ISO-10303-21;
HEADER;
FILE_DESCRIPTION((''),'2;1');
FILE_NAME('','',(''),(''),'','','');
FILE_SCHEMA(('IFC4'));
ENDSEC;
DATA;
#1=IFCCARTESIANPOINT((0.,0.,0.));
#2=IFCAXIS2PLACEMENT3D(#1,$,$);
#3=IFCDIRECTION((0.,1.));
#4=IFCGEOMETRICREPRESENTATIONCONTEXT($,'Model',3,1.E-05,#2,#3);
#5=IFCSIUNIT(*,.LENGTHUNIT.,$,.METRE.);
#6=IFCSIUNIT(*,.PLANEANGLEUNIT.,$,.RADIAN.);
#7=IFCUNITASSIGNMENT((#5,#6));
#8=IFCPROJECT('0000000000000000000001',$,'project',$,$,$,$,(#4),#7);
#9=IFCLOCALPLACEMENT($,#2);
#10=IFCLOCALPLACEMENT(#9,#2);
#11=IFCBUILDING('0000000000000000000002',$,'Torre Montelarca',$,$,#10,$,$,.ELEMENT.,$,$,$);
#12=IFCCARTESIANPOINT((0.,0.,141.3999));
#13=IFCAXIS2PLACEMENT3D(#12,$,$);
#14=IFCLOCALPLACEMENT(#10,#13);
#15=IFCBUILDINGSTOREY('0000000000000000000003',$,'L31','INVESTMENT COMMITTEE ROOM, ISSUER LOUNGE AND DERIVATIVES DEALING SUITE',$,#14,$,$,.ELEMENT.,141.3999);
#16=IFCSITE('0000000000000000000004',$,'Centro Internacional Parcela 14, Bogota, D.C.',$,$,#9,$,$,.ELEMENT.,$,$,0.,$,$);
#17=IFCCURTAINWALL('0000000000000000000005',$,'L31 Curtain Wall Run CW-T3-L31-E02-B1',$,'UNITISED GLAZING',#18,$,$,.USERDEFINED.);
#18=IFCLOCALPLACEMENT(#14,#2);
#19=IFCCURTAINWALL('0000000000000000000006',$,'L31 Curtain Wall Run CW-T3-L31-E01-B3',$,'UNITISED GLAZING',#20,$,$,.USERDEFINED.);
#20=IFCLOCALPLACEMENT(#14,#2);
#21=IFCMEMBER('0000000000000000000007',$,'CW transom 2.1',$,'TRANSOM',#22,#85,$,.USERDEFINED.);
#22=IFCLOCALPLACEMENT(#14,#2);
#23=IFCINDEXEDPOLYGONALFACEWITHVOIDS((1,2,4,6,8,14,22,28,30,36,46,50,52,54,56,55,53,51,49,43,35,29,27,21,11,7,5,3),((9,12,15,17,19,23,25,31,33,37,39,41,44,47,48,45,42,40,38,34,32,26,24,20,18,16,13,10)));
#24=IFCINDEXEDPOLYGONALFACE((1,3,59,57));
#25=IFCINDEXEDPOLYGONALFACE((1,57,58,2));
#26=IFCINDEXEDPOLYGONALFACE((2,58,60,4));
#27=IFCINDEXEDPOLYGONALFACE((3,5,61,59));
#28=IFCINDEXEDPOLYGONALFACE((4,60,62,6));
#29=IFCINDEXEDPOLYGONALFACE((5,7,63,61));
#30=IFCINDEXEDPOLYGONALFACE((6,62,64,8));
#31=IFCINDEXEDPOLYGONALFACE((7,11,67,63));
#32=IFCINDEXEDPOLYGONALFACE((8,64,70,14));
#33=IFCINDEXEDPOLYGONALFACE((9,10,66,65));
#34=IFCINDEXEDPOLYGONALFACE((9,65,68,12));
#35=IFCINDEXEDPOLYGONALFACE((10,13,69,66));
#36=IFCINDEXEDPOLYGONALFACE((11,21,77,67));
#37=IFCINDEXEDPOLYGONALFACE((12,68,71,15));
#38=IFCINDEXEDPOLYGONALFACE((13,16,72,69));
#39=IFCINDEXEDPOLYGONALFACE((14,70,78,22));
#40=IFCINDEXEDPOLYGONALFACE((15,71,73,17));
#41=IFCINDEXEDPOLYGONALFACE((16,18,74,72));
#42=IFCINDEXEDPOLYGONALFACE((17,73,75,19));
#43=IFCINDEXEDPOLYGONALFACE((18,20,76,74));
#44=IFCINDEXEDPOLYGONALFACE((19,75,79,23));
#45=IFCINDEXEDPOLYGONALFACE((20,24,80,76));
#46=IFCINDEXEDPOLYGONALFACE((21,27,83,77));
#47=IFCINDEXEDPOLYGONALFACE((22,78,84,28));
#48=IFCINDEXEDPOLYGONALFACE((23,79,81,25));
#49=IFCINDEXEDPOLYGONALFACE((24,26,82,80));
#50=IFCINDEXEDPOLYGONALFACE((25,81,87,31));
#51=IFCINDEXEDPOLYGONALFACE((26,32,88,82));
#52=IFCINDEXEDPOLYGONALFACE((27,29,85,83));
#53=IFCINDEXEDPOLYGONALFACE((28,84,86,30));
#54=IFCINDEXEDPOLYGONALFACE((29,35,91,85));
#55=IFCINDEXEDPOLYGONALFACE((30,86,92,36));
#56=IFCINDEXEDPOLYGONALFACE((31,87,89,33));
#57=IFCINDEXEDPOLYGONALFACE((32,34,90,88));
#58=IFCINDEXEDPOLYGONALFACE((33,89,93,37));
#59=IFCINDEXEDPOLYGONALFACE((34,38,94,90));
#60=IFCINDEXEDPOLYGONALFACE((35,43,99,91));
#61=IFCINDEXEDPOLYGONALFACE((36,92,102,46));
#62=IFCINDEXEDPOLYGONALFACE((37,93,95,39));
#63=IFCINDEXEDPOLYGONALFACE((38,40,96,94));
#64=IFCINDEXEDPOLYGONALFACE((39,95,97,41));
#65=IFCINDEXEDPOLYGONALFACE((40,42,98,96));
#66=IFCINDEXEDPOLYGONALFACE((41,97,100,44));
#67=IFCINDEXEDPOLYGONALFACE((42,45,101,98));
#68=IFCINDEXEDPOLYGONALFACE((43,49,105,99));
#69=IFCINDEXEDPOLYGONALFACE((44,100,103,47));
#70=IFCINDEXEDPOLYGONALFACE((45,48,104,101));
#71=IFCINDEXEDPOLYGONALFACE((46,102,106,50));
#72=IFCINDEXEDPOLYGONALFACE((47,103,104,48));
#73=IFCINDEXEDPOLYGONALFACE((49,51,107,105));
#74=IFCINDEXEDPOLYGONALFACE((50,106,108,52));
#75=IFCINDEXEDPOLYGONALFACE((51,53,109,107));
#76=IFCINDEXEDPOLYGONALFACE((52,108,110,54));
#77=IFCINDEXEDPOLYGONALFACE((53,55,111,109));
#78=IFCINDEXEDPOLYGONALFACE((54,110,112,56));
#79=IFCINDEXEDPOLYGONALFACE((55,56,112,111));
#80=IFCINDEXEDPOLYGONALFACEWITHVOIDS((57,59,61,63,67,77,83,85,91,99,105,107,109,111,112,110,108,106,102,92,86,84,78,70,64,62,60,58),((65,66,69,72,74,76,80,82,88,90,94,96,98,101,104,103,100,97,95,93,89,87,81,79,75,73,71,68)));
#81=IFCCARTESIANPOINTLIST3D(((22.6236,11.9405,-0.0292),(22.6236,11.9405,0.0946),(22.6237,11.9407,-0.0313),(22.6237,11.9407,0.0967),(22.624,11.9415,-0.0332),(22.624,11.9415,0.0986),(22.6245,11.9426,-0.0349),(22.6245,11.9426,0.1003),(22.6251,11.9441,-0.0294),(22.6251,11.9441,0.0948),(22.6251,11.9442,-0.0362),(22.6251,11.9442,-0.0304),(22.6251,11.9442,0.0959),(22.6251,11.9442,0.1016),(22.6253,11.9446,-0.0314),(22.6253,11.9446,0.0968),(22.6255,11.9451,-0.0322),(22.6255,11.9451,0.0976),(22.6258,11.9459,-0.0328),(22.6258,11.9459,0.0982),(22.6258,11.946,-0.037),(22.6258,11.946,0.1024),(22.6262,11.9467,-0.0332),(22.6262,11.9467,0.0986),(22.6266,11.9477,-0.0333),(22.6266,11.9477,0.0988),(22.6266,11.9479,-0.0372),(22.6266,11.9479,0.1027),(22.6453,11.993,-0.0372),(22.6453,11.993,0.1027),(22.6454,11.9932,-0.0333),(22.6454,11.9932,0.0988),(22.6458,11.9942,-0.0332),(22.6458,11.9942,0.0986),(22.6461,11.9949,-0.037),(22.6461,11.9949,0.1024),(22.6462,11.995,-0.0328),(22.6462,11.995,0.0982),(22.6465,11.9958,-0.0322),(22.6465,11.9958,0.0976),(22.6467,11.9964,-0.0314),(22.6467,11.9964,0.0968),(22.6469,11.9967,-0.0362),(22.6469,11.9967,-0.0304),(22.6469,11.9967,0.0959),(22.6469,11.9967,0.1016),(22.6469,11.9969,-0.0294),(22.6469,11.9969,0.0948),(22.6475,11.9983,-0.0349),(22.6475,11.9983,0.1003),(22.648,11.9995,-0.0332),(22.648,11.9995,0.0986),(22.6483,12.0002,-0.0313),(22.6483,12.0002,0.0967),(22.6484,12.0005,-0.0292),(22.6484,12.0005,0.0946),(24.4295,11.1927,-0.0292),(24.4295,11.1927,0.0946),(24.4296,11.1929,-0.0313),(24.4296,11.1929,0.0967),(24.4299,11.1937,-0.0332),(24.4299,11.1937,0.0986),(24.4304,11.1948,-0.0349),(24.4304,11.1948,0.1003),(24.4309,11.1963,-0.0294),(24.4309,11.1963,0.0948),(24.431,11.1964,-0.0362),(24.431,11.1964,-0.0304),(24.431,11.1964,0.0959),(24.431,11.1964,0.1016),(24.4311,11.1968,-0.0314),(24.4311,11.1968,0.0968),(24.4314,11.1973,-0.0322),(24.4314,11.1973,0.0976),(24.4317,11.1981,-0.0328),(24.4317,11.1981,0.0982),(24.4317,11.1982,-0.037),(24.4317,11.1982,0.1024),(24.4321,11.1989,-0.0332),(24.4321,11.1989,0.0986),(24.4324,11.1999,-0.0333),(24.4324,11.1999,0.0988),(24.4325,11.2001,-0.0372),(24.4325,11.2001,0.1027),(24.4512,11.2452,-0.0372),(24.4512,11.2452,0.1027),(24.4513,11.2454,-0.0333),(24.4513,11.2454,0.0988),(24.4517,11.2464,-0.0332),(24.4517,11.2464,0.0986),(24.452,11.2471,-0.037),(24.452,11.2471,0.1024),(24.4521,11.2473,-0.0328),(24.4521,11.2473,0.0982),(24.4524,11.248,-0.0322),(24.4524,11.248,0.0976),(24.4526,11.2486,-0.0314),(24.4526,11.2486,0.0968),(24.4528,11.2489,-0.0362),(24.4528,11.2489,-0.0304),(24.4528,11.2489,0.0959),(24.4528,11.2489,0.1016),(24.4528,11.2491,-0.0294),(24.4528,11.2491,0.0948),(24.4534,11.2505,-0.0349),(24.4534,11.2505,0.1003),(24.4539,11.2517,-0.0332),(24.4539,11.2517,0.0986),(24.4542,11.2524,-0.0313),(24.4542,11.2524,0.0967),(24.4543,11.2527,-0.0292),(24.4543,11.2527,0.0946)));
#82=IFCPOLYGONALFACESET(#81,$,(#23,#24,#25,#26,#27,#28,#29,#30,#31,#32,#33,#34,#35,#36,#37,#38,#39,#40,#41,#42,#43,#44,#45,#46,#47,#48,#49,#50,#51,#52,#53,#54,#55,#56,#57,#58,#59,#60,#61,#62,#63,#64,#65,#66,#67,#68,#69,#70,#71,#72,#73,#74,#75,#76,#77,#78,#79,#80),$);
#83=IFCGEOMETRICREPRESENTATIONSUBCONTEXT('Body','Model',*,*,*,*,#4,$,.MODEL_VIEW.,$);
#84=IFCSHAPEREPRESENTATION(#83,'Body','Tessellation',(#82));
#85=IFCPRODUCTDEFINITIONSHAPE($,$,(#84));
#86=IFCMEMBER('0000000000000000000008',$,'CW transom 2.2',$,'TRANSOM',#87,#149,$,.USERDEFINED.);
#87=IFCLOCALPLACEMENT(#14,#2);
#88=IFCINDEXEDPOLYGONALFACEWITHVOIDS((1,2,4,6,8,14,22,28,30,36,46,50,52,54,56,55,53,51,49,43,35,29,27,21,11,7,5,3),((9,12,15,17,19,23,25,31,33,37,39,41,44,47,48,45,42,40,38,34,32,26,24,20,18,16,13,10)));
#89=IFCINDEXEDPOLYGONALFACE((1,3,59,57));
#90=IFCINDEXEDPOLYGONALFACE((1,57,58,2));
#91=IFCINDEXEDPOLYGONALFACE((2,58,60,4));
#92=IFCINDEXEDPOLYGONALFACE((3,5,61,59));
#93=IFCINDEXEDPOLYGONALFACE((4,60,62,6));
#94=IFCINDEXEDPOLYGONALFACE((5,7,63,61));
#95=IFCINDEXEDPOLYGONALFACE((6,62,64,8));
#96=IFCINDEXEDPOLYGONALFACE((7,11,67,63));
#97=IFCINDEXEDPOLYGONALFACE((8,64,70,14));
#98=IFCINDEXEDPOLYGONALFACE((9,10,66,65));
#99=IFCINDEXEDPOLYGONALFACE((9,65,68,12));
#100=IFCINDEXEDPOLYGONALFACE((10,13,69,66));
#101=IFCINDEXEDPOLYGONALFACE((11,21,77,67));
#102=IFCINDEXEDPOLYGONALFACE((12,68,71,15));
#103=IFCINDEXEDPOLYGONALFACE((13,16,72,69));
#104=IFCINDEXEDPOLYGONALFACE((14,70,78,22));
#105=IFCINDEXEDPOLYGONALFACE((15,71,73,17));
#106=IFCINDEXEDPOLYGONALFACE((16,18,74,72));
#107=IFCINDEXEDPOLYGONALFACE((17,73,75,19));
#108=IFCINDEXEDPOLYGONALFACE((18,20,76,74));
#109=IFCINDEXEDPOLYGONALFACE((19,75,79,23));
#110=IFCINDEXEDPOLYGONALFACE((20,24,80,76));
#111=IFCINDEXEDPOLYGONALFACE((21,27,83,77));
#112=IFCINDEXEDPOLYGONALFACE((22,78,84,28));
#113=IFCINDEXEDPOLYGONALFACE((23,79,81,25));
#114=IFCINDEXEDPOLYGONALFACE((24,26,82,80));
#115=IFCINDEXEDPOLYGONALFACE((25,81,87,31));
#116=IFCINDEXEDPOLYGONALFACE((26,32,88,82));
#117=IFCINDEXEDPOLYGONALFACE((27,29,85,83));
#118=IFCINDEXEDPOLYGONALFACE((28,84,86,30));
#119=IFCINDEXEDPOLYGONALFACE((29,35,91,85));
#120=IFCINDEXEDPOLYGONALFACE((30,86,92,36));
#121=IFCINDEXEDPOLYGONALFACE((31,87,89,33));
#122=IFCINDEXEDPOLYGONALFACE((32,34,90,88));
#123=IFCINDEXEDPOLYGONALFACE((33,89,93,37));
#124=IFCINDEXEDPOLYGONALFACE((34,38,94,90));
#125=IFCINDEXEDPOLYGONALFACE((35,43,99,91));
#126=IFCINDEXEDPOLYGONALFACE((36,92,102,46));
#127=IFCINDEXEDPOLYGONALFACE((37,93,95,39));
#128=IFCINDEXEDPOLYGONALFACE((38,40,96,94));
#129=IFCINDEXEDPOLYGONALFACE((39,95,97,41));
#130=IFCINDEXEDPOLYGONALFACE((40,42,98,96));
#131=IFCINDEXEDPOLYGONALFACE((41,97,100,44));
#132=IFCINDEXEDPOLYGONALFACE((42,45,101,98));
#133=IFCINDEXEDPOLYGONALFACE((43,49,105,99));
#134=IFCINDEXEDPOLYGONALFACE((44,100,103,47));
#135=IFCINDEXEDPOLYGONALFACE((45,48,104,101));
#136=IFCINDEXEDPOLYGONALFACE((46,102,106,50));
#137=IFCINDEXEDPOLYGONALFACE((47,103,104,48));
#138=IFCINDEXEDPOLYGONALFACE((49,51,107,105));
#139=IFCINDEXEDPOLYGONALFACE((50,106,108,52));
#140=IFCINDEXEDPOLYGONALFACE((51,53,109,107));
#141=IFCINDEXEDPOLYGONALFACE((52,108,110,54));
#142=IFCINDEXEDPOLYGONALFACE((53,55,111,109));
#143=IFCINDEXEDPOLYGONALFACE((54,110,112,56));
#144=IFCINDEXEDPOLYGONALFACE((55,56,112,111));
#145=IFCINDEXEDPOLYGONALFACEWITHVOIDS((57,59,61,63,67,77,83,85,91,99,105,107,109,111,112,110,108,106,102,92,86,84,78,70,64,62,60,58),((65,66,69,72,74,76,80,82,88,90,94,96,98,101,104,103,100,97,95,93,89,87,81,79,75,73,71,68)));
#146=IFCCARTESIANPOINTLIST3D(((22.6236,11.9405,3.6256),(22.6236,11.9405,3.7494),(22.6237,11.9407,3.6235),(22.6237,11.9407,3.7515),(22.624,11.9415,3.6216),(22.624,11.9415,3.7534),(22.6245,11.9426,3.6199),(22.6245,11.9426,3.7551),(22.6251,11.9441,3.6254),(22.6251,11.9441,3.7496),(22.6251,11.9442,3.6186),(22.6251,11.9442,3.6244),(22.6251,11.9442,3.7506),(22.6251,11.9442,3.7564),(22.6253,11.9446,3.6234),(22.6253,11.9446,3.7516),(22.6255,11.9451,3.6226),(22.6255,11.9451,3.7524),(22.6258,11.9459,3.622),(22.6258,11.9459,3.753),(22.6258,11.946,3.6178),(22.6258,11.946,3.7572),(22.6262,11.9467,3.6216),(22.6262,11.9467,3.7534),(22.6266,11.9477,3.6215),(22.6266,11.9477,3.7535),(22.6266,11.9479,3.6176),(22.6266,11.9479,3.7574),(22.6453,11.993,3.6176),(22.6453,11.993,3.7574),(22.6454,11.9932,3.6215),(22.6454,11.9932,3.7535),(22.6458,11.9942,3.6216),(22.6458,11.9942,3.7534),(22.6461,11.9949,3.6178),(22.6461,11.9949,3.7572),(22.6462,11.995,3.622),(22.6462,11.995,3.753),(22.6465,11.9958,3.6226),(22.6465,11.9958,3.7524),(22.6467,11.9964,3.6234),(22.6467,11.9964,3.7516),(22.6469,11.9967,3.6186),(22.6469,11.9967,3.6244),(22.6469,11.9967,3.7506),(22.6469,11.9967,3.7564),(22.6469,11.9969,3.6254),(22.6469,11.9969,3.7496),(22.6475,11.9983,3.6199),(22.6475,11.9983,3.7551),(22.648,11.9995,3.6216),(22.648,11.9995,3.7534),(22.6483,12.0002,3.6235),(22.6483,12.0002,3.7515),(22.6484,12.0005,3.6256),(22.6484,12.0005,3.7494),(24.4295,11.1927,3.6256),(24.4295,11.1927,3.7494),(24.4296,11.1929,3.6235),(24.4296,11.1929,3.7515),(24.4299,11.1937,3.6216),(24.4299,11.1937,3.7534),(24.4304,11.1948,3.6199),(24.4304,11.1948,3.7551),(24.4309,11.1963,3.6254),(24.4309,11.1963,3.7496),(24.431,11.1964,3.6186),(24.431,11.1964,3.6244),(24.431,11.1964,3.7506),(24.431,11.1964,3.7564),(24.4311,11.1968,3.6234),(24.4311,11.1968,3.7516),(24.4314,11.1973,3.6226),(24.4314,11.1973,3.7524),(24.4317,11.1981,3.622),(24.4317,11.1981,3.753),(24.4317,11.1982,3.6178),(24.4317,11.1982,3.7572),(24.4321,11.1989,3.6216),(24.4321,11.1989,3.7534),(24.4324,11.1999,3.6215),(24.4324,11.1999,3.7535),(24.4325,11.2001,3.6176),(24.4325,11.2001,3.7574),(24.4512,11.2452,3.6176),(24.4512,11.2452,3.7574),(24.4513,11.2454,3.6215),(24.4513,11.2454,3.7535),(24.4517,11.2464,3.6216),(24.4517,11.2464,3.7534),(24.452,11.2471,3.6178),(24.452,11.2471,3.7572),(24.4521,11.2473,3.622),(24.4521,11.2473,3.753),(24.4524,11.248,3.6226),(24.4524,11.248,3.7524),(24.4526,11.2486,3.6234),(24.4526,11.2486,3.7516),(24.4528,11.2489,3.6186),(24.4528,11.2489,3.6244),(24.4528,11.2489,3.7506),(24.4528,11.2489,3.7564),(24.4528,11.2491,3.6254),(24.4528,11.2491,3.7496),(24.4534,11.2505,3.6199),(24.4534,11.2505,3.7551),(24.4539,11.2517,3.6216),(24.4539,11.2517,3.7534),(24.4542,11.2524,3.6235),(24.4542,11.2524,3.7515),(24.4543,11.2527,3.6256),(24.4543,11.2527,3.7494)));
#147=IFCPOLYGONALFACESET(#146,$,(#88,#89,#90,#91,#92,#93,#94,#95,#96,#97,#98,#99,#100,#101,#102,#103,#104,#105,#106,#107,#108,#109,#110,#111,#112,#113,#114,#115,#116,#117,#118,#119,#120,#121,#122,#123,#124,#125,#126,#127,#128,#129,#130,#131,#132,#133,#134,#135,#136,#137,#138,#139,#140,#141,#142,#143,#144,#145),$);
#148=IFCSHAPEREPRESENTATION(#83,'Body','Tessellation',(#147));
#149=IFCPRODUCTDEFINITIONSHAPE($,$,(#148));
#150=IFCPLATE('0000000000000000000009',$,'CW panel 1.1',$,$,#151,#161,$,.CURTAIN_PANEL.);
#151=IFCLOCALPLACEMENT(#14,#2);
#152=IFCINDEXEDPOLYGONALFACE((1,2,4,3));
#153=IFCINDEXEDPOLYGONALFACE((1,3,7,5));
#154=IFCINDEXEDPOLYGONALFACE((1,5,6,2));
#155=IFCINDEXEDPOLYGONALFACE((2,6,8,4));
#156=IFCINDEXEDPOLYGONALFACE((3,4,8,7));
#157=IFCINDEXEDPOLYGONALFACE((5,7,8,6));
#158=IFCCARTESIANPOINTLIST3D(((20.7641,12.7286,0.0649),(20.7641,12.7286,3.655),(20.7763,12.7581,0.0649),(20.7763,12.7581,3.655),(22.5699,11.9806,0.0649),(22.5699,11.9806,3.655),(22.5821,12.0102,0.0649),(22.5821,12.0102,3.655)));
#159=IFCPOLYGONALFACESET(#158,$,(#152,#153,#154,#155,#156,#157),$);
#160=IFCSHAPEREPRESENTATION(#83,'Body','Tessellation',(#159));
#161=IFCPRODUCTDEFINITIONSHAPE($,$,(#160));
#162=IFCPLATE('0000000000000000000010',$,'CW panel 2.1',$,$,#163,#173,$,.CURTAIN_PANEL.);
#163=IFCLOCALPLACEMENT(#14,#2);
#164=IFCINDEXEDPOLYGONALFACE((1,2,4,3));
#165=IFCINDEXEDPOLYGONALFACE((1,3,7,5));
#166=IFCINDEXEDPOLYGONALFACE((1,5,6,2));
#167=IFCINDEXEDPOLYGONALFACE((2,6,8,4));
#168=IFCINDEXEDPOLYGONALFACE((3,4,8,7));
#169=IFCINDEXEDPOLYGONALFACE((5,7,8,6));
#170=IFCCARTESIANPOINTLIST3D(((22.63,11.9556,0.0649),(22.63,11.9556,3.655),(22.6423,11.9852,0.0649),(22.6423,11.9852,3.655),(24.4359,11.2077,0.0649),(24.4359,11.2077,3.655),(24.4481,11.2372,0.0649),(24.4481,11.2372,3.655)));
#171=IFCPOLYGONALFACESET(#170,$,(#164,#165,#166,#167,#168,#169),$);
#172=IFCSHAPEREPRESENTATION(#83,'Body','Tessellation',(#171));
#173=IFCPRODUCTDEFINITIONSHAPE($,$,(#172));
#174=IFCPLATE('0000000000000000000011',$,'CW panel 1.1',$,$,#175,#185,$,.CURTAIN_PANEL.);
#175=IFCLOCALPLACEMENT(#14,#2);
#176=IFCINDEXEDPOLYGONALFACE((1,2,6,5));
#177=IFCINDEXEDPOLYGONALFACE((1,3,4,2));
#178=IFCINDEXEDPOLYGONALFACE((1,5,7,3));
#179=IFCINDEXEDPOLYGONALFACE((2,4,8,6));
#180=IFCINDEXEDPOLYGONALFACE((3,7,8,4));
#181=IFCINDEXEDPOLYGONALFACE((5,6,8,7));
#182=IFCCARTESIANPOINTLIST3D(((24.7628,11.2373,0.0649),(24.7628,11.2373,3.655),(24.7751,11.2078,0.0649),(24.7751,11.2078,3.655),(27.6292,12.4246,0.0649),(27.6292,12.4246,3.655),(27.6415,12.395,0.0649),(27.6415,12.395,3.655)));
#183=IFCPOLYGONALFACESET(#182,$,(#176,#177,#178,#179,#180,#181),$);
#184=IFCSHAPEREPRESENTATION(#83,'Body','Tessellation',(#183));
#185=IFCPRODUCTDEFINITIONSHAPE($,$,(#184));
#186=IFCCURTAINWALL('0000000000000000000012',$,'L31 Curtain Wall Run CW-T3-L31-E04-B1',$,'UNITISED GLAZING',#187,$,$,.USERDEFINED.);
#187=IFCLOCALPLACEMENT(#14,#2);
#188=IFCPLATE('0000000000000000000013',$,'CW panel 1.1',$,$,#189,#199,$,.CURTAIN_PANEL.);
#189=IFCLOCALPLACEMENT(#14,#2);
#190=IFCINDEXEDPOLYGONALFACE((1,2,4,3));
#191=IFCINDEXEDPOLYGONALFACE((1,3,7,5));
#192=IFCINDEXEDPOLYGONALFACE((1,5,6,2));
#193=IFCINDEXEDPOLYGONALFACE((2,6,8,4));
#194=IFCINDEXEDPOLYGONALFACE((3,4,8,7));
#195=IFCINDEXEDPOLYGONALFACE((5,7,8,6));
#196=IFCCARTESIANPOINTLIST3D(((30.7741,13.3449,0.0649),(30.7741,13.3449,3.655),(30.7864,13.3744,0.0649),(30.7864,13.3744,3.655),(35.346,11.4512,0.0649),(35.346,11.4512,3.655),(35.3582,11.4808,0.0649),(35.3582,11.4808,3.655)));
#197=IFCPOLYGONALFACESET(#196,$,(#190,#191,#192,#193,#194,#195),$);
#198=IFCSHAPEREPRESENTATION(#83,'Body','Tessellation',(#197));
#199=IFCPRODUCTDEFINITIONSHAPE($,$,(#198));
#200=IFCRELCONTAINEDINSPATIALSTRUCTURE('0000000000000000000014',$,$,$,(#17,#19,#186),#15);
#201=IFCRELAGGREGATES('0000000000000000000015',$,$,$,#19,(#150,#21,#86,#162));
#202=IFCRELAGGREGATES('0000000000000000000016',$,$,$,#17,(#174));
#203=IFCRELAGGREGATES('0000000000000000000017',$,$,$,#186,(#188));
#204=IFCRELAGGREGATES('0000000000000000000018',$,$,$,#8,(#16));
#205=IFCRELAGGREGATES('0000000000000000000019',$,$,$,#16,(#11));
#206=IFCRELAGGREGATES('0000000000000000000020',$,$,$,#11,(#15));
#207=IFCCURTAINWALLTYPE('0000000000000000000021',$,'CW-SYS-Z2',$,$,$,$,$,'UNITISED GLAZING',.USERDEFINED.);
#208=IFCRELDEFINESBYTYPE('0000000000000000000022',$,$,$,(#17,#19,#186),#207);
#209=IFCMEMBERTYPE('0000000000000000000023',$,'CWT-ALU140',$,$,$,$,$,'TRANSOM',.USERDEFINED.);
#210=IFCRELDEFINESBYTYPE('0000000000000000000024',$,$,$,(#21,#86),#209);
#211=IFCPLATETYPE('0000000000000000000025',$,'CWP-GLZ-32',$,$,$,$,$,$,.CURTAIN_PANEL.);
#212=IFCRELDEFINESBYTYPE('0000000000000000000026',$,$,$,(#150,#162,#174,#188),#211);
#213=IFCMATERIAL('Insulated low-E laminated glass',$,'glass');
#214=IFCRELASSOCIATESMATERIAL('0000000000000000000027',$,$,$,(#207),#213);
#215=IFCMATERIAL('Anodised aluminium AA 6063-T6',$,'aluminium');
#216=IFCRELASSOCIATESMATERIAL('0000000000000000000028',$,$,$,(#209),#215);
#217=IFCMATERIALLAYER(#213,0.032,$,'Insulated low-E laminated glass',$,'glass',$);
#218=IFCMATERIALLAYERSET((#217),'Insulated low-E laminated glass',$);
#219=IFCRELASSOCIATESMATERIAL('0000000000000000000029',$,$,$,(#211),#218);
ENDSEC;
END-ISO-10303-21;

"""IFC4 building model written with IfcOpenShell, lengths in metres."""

from ifc_helpers import new_model, si_unit, direction, frame, origin, origin_2d, place, context, subcontext, project, spatial, rectangle, hollow_rectangle, extrude, source, transform, mapped, material, layer, layer_set, material_profile, profile_set, type_object, element, aggregate, save


model = new_model("IFC4")

# Units and contexts
model_context = context("Model", 3, precision=1e-05, world=origin(), true_north=direction((0.0, 1.0)))
body_context = subcontext(model_context, "Body", "Model", "MODEL_VIEW")
ifc_project = project(units=[si_unit("LENGTHUNIT", "METRE"), si_unit("PLANEANGLEUNIT", "RADIAN")], contexts=[model_context])

# Site, building, storey
site_placement = place(None, origin())
site = spatial("IfcSite", under=ifc_project, at=site_placement, Name="Centro Internacional Parcela 14, Bogota, D.C.", CompositionType="ELEMENT", RefElevation=0.0)
building_placement = place(site_placement, origin())
building = spatial("IfcBuilding", under=site, at=building_placement, Name="Torre Montelarca", CompositionType="ELEMENT")
storey_placement = place(building_placement, frame((0.0, 0.0, 141.3999)))
storey = spatial("IfcBuildingStorey", under=building, at=storey_placement, Name="L31", Description="INVESTMENT COMMITTEE ROOM, ISSUER LOUNGE AND DERIVATIVES DEALING SUITE", CompositionType="ELEMENT", Elevation=141.3999)

# Curtain walls
ifc_material_1 = material(Name="Insulated low-E laminated glass", Category="glass")
curtain_wall_type = type_object("IfcCurtainWallType", Name="CW-SYS-Z2", ElementType="UNITISED GLAZING", PredefinedType="USERDEFINED", material=ifc_material_1)
curtain_wall_1_placement = place(storey_placement, origin())
curtain_wall_1 = element("IfcCurtainWall", 1, at=curtain_wall_1_placement, inside=storey, type_object=curtain_wall_type, Name="L31 Curtain Wall Run CW-T3-L31-E02-B1", ObjectType="UNITISED GLAZING", PredefinedType="USERDEFINED")
ifc_material_2 = material(Name="Anodised aluminium AA 6063-T6", Category="aluminium")
ifc_material_profile_1 = material_profile(ifc_material_2, hollow_rectangle(XDim=0.0649, YDim=0.1399, WallThickness=0.0039, InnerFilletRadius=0.0039, OuterFilletRadius=0.0081, at=origin_2d()), Name="ALU65X140X4", Category="aluminium")
ifc_profile_set_1 = profile_set([ifc_material_profile_1], Name="Anodised aluminium AA 6063-T6")
member_type_1 = type_object("IfcMemberType", Name="CWT-ALU140", ElementType="TRANSOM", PredefinedType="USERDEFINED", material=ifc_profile_set_1)
curtain_wall_2_placement = place(storey_placement, origin())
curtain_wall_2 = element("IfcCurtainWall", 2, at=curtain_wall_2_placement, inside=storey, type_object=curtain_wall_type, Name="L31 Curtain Wall Run CW-T3-L31-E01-B3", ObjectType="UNITISED GLAZING", PredefinedType="USERDEFINED")

# Members
shared_shape_1 = source(origin(), body_context, "Body", "SweptSolid", [
    extrude(hollow_rectangle(XDim=0.0649, YDim=0.1399, WallThickness=0.0039, InnerFilletRadius=0.0039, OuterFilletRadius=0.0081, at=origin_2d()), origin(), (0.0, 0.0, 1.0), 1.9546),
])
member_1_placement = place(storey_placement, frame((22.636, 11.9705, 0.0327), z_axis=(0.923921, -0.382583, 0.0), x_axis=(0.382583, 0.923921, 0.0)))
member_1 = element("IfcMember", 3, at=member_1_placement, type_object=member_type_1, Name="CW transom 2.1", ObjectType="TRANSOM", PredefinedType="USERDEFINED", context=body_context, shape_type="MappedRepresentation", body=[
    mapped(shared_shape_1, transform((0.0, 0.0, 0.0), scale=1.0)),
])
member_2_placement = place(storey_placement, frame((22.636, 11.9705, 3.6875), z_axis=(0.923921, -0.382583, 0.0), x_axis=(0.382583, 0.923921, 0.0)))
member_2 = element("IfcMember", 4, at=member_2_placement, type_object=member_type_1, Name="CW transom 2.2", ObjectType="TRANSOM", PredefinedType="USERDEFINED", context=body_context, shape_type="MappedRepresentation", body=[
    mapped(shared_shape_1, transform((0.0, 0.0, 0.0), scale=1.0)),
])

# Plates
ifc_layer_1 = layer(ifc_material_1, 0.032, Name="Insulated low-E laminated glass", Category="glass")
ifc_layer_set_1 = layer_set([ifc_layer_1], Name="Insulated low-E laminated glass")
plate_type = type_object("IfcPlateType", Name="CWP-GLZ-32", PredefinedType="CURTAIN_PANEL", material=ifc_layer_set_1)
shared_shape_2 = source(origin(), body_context, "Body", "SweptSolid", [
    extrude(rectangle(XDim=1.9546, YDim=0.032, at=origin_2d()), origin(), (0.0, 0.0, 1.0), 3.5901),
])
plate_1_placement = place(storey_placement, frame((21.6731, 12.3694, 0.0649), z_axis=(0.0, 0.0, 1.0), x_axis=(0.923886, -0.382668, 0.0)))
plate_1 = element("IfcPlate", 5, at=plate_1_placement, type_object=plate_type, Name="CW panel 1.1", PredefinedType="CURTAIN_PANEL", context=body_context, shape_type="MappedRepresentation", body=[
    mapped(shared_shape_2, transform((0.0, 0.0, 0.0), scale=1.0)),
])
plate_2_placement = place(storey_placement, frame((23.5391, 11.5964, 0.0649), z_axis=(0.0, 0.0, 1.0), x_axis=(0.923886, -0.382668, 0.0)))
plate_2 = element("IfcPlate", 6, at=plate_2_placement, type_object=plate_type, Name="CW panel 2.1", PredefinedType="CURTAIN_PANEL", context=body_context, shape_type="MappedRepresentation", body=[
    mapped(shared_shape_2, transform((0.0, 0.0, 0.0), scale=1.0)),
])
aggregate(curtain_wall_2, [plate_1, member_1, member_2, plate_2])
shared_shape_3 = source(origin(), body_context, "Body", "SweptSolid", [
    extrude(rectangle(XDim=3.1025, YDim=0.032, at=origin_2d()), origin(), (0.0, 0.0, 1.0), 3.5901),
])
plate_3_placement = place(storey_placement, frame((26.2021, 11.8162, 0.0649), z_axis=(0.0, 0.0, 1.0), x_axis=(0.923885, 0.38267, 0.0)))
plate_3 = element("IfcPlate", 7, at=plate_3_placement, type_object=plate_type, Name="CW panel 1.1", PredefinedType="CURTAIN_PANEL", context=body_context, shape_type="MappedRepresentation", body=[
    mapped(shared_shape_3, transform((0.0, 0.0, 0.0), scale=1.0)),
])
aggregate(curtain_wall_1, [plate_3])

# Curtain wall, plate
curtain_wall_3_placement = place(storey_placement, origin())
curtain_wall_3 = element("IfcCurtainWall", 8, at=curtain_wall_3_placement, inside=storey, type_object=curtain_wall_type, Name="L31 Curtain Wall Run CW-T3-L31-E04-B1", ObjectType="UNITISED GLAZING", PredefinedType="USERDEFINED")
shared_shape_4 = source(origin(), body_context, "Body", "SweptSolid", [
    extrude(rectangle(XDim=4.9485, YDim=0.032, at=origin_2d()), origin(), (0.0, 0.0, 1.0), 3.5901),
])
plate_4_placement = place(storey_placement, frame((33.0662, 12.4128, 0.0649), z_axis=(0.0, 0.0, 1.0), x_axis=(0.923885, -0.382671, 0.0)))
plate_4 = element("IfcPlate", 9, at=plate_4_placement, type_object=plate_type, Name="CW panel 1.1", PredefinedType="CURTAIN_PANEL", context=body_context, shape_type="MappedRepresentation", body=[
    mapped(shared_shape_4, transform((0.0, 0.0, 0.0), scale=1.0)),
])
aggregate(curtain_wall_3, [plate_4])

save(model, "model.ifc")
